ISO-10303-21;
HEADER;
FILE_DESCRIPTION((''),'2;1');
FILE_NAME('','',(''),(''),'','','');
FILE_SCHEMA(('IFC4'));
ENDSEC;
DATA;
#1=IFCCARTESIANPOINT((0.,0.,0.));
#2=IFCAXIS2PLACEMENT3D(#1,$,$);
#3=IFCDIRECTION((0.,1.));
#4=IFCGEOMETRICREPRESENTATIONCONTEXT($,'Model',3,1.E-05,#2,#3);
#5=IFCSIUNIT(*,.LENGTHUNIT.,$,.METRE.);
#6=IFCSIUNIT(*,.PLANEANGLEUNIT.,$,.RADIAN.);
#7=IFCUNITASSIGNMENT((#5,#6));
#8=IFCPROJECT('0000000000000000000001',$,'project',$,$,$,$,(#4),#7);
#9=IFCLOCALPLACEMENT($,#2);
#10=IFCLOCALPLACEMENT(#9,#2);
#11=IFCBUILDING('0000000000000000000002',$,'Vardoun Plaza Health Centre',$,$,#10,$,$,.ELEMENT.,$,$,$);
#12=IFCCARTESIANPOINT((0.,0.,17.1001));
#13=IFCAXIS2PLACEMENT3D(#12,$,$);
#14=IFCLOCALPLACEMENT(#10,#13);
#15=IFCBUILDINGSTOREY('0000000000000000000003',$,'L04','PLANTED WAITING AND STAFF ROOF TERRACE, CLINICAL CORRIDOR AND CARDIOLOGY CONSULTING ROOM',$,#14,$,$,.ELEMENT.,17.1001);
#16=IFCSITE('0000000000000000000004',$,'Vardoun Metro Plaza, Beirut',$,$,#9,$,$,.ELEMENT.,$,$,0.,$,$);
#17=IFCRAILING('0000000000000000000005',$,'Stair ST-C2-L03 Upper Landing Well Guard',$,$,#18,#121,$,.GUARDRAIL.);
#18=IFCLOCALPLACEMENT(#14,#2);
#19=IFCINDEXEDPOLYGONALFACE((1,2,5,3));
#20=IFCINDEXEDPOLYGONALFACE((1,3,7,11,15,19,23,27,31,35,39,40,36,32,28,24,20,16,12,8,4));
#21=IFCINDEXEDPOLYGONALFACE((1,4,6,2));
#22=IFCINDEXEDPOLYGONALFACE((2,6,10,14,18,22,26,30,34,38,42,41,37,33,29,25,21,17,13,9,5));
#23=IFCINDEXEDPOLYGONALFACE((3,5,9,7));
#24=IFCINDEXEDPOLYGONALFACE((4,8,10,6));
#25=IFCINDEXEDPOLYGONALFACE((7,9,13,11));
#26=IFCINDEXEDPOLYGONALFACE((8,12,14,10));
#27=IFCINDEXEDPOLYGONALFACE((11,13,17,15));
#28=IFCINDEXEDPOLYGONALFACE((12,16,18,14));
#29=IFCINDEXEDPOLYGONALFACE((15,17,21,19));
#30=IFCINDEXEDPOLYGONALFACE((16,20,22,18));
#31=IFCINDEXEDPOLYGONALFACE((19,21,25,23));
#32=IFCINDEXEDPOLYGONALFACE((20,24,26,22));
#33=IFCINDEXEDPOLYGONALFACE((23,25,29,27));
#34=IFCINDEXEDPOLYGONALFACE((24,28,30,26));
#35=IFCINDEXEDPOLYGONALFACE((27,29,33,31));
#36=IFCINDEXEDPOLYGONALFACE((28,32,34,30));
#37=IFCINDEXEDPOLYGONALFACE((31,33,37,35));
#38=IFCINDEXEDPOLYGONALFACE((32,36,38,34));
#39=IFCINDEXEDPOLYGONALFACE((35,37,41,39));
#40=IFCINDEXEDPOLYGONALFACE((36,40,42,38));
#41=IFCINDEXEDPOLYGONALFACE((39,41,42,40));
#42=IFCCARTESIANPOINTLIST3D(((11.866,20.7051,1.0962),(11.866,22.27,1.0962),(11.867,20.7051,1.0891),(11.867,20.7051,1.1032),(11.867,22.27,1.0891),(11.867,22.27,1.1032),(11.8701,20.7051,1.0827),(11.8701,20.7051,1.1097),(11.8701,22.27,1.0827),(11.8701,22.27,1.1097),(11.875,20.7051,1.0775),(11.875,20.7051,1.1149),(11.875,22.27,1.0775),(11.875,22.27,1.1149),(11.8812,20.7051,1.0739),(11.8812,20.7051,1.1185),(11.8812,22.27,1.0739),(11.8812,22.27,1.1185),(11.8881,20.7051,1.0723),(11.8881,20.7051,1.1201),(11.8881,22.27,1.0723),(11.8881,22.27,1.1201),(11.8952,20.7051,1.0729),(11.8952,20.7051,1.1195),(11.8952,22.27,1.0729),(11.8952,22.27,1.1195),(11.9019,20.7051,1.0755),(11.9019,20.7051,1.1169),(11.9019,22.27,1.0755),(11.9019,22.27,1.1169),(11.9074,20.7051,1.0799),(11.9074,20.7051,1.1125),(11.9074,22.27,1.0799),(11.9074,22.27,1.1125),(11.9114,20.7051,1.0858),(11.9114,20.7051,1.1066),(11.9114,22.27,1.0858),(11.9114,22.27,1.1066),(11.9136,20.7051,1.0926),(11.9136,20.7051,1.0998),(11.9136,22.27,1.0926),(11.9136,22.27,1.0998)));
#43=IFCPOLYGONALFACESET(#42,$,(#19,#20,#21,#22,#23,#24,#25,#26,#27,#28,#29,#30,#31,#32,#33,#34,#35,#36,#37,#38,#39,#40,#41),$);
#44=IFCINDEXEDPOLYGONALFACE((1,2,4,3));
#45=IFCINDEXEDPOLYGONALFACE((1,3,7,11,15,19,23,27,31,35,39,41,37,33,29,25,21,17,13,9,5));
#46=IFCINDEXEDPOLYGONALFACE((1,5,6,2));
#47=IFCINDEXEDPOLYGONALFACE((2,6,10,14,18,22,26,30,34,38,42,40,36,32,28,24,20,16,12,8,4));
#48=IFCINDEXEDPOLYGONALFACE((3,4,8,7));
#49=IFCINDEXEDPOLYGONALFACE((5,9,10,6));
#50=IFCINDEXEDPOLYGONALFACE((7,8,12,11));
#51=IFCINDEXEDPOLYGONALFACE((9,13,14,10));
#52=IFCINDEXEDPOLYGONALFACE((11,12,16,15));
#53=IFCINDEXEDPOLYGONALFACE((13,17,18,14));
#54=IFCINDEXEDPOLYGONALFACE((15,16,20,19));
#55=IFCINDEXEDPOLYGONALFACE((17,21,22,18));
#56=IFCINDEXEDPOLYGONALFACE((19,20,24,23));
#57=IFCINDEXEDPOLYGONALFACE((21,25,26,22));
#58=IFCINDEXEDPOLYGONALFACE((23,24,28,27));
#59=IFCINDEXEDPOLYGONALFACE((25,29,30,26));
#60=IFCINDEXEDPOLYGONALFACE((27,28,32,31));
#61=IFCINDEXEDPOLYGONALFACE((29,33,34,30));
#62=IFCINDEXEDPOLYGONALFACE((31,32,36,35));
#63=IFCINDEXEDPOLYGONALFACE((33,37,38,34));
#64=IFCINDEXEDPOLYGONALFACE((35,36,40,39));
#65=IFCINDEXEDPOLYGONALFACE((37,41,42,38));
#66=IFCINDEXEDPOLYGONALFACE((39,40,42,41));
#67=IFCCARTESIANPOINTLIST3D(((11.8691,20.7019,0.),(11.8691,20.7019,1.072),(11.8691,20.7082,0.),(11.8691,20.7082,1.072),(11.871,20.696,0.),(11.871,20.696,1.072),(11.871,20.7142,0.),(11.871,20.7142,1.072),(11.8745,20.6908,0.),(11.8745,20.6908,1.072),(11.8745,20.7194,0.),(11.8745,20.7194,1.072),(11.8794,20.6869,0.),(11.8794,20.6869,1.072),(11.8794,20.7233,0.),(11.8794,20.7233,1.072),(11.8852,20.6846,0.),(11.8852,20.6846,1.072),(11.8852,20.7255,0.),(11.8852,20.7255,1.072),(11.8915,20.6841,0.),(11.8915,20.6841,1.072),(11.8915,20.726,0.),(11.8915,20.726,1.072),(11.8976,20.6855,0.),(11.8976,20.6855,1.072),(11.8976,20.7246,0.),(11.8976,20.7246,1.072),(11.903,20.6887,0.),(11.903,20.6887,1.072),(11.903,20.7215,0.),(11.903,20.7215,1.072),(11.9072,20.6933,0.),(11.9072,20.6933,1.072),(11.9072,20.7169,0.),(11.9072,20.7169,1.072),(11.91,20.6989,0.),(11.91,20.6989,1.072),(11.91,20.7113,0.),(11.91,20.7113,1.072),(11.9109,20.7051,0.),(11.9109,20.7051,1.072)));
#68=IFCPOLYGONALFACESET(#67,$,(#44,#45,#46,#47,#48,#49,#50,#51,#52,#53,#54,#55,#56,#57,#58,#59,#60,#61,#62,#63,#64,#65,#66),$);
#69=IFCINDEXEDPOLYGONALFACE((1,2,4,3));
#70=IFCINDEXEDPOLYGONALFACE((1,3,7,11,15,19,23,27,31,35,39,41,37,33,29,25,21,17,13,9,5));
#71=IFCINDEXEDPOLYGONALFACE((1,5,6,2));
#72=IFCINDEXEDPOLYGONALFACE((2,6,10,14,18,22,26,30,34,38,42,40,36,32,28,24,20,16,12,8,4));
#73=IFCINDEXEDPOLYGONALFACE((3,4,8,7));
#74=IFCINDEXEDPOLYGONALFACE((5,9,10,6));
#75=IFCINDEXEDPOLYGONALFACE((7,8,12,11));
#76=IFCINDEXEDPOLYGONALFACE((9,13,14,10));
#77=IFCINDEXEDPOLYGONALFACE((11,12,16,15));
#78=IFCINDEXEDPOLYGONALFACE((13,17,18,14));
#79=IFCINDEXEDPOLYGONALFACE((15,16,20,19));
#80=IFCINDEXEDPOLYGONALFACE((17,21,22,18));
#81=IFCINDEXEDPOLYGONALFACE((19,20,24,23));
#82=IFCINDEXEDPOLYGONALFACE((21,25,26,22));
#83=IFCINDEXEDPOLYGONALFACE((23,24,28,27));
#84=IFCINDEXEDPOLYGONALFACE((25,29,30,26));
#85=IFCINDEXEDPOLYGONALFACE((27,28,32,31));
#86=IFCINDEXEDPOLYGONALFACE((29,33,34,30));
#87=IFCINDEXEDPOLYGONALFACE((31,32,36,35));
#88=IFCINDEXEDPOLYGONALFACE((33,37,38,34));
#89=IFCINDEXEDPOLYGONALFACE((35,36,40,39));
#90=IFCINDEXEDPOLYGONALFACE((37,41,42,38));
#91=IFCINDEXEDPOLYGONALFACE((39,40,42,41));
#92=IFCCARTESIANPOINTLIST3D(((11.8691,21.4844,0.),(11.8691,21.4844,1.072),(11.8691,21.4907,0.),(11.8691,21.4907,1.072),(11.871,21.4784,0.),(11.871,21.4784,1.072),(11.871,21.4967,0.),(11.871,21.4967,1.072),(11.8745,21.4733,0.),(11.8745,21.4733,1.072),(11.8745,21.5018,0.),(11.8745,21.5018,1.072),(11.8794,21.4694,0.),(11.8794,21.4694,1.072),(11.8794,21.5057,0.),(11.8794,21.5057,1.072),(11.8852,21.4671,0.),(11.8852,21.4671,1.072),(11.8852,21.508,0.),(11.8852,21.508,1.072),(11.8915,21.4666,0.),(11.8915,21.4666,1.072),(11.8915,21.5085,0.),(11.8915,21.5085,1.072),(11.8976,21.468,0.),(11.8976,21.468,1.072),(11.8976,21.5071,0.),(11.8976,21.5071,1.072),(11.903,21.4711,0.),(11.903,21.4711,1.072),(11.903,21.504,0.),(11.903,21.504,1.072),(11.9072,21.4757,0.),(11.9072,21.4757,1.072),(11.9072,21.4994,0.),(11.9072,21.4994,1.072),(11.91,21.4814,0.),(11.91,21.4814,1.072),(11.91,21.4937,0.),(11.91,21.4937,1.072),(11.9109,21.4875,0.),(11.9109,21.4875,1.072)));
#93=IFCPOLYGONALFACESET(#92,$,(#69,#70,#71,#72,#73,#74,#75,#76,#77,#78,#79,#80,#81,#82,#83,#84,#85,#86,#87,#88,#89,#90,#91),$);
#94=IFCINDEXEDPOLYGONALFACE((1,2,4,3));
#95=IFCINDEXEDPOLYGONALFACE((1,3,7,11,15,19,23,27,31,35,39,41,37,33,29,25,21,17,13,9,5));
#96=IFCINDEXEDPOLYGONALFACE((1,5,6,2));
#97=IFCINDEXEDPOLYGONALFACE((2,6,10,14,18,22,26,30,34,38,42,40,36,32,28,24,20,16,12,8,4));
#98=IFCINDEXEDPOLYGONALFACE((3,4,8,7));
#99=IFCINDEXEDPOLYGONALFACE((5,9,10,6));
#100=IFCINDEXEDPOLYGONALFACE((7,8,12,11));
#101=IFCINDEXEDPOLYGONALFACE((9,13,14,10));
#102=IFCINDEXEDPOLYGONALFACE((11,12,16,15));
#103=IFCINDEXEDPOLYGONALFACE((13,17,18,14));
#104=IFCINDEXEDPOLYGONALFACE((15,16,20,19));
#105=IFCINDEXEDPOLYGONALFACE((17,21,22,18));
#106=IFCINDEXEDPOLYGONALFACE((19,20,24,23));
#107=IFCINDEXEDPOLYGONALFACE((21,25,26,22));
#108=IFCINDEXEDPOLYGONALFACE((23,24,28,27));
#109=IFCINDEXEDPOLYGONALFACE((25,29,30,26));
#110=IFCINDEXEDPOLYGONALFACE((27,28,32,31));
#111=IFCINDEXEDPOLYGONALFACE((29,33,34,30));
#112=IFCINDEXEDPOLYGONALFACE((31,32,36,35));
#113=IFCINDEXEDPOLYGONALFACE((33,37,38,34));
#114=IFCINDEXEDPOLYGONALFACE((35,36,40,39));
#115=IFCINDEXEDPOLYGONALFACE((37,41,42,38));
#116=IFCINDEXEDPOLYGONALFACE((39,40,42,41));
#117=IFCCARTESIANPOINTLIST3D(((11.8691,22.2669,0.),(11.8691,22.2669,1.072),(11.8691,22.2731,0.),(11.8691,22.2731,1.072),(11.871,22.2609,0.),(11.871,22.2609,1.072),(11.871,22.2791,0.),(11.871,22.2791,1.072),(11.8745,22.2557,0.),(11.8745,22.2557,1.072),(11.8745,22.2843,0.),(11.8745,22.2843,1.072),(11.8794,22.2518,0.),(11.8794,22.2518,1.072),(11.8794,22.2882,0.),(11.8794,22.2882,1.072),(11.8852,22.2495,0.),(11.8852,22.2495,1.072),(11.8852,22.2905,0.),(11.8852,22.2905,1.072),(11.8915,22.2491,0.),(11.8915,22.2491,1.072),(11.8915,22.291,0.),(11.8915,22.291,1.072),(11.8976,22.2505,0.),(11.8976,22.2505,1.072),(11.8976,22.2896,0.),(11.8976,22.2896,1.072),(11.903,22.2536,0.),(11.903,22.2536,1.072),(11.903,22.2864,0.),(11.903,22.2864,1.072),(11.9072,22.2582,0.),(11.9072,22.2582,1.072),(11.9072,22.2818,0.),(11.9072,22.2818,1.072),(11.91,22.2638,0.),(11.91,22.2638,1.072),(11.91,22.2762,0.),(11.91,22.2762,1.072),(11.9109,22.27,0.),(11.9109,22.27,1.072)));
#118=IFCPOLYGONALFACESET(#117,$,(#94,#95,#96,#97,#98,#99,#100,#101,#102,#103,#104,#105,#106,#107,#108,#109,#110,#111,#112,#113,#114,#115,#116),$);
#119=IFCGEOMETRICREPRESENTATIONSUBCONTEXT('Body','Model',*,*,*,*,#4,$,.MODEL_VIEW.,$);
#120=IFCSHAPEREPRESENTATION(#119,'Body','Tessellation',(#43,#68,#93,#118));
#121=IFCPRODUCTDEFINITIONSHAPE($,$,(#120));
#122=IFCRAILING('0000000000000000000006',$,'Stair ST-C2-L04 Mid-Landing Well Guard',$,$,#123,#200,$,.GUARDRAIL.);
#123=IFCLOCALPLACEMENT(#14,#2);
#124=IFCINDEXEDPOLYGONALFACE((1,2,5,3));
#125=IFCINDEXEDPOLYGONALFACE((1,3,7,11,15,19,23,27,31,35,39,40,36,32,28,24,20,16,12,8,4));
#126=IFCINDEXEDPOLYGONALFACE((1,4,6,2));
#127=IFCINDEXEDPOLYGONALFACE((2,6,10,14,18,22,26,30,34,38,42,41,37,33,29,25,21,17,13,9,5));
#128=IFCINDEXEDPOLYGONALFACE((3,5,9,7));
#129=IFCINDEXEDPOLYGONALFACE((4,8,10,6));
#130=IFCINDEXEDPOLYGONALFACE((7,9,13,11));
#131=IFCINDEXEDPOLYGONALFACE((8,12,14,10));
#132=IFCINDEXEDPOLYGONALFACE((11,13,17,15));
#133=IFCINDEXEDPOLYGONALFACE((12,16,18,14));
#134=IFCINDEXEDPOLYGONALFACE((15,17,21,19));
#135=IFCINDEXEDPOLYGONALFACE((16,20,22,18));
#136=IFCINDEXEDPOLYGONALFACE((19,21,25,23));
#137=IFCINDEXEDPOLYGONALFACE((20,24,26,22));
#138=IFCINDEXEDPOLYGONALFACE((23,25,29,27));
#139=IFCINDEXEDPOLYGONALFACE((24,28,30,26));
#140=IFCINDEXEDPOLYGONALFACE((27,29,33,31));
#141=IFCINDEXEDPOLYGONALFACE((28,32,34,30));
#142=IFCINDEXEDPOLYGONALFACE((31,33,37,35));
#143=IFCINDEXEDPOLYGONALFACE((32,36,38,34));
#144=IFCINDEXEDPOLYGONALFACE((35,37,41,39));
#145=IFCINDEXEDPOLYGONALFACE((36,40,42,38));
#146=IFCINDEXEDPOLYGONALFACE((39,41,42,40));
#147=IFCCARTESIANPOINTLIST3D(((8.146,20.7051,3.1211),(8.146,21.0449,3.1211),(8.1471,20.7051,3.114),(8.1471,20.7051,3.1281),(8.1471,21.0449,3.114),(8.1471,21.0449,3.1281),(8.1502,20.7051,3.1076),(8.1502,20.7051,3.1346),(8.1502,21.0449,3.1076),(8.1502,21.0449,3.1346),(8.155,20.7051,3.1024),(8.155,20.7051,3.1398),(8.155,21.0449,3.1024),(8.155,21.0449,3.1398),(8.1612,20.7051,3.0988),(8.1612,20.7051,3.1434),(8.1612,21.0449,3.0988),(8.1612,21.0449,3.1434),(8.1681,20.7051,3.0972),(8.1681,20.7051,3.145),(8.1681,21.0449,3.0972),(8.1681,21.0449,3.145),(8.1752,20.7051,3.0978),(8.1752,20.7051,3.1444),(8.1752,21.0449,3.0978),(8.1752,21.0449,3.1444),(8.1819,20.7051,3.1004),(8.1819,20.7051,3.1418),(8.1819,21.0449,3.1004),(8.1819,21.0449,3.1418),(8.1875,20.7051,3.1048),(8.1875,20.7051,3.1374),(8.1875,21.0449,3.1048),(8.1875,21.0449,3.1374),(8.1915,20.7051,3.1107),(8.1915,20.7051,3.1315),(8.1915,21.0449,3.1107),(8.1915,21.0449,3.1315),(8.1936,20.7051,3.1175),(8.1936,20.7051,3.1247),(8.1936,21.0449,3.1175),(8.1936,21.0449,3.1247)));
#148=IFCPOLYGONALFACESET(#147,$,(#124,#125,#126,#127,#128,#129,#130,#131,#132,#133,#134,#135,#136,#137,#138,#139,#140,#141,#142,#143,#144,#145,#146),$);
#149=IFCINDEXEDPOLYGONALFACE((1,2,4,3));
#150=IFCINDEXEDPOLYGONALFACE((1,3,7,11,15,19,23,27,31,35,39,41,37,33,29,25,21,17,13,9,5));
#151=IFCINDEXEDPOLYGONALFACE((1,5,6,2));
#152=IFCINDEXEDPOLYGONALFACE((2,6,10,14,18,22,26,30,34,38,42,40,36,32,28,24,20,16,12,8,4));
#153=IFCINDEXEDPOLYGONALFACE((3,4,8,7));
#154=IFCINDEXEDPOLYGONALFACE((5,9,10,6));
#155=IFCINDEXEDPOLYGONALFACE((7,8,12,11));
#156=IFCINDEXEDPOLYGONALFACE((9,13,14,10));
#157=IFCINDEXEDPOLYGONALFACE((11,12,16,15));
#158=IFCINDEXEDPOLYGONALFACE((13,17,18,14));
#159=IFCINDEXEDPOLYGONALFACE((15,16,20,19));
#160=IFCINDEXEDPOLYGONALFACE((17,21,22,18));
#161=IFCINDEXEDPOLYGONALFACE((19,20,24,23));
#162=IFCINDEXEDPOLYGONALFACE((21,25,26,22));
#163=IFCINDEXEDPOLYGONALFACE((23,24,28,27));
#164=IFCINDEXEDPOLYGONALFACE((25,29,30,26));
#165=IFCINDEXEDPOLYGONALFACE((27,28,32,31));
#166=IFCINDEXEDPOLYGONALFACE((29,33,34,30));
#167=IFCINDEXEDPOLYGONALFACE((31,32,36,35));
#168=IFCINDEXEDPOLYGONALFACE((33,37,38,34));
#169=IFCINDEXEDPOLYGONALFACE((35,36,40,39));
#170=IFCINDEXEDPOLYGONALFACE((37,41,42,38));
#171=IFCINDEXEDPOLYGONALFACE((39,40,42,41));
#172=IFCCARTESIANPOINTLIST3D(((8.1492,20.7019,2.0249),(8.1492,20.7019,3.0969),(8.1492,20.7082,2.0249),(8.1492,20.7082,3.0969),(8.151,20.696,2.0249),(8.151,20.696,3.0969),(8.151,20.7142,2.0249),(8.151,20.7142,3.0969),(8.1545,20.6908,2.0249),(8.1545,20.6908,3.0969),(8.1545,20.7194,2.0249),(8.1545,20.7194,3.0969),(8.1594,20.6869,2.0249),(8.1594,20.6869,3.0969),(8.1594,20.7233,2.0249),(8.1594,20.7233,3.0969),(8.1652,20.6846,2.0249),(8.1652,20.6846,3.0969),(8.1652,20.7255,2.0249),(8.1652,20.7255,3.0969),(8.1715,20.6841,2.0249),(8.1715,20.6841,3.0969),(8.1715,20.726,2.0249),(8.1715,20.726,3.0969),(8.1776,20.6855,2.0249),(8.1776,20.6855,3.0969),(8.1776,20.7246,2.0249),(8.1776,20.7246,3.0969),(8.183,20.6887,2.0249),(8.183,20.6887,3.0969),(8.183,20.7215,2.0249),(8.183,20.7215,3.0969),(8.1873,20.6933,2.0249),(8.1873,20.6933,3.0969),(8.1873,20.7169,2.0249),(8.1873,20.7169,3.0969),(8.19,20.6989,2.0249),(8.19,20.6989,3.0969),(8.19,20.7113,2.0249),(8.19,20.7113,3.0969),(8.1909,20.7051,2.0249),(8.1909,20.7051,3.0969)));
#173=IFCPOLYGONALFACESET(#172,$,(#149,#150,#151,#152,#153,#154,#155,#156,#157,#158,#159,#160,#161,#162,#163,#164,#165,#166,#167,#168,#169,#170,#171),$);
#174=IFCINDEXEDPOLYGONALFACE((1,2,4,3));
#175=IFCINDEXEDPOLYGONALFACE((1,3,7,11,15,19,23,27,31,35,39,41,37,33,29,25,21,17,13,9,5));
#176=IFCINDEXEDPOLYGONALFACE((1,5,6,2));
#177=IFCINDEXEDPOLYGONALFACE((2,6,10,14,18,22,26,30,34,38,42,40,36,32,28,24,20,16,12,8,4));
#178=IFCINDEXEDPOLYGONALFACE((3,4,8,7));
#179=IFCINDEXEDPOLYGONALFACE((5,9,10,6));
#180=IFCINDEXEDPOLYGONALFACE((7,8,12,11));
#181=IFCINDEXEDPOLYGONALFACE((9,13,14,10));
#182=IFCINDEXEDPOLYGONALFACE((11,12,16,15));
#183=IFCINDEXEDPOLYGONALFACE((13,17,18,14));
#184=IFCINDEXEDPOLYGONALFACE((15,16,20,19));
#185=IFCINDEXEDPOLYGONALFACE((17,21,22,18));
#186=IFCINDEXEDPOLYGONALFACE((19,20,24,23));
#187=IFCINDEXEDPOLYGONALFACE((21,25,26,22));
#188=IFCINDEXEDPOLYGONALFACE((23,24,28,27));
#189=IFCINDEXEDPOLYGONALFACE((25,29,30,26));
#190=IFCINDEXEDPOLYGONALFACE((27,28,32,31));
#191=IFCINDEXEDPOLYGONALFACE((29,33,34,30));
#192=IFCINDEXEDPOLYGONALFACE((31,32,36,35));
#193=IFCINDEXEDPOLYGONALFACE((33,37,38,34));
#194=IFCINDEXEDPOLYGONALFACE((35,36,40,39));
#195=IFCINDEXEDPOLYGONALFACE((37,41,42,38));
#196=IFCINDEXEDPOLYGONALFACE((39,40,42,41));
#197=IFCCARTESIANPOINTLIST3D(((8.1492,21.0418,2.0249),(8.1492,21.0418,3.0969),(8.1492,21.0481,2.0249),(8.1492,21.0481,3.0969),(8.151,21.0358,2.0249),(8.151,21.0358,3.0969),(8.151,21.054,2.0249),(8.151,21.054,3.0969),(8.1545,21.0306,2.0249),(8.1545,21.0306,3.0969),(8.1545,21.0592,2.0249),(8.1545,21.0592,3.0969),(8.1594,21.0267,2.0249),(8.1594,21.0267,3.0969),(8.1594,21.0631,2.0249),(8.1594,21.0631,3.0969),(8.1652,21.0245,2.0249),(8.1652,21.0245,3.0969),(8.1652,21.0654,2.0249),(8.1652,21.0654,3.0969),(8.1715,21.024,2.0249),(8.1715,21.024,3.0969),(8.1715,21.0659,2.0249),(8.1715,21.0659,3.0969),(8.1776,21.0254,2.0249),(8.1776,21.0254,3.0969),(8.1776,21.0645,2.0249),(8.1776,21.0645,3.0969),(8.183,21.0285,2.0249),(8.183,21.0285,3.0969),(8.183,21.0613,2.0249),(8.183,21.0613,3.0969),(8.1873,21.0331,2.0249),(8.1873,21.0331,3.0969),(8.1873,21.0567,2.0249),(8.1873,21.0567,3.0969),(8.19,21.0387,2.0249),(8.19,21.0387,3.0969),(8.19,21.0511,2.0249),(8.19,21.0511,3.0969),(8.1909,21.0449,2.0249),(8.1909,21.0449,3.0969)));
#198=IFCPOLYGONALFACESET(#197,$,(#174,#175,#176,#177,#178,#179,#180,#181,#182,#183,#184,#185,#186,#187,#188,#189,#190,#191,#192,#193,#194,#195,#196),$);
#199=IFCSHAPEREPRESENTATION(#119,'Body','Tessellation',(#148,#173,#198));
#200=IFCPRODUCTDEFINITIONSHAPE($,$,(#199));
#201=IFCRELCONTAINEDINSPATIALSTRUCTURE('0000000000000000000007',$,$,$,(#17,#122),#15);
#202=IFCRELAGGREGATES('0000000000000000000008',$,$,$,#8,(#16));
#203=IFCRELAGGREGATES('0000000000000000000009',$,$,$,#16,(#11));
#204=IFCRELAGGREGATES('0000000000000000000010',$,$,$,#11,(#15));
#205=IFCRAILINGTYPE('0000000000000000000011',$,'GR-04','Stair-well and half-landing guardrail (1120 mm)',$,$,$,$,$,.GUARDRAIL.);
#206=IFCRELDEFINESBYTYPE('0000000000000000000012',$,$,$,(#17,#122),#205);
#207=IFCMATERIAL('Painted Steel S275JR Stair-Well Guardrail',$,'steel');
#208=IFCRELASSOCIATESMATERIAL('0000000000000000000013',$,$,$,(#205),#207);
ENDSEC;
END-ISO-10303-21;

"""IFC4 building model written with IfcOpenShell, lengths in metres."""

from ifc_helpers import new_model, si_unit, direction, frame, origin, origin_2d, place, context, subcontext, project, spatial, circle, extrude, material, type_object, element, save


model = new_model("IFC4")

# Units and contexts
model_context = context("Model", 3, precision=1e-05, world=origin(), true_north=direction((0.0, 1.0)))
body_context = subcontext(model_context, "Body", "Model", "MODEL_VIEW")
ifc_project = project(units=[si_unit("LENGTHUNIT", "METRE"), si_unit("PLANEANGLEUNIT", "RADIAN")], contexts=[model_context])

# Site, building, storey
site_placement = place(None, origin())
site = spatial("IfcSite", under=ifc_project, at=site_placement, Name="Vardoun Metro Plaza, Beirut", CompositionType="ELEMENT", RefElevation=0.0)
building_placement = place(site_placement, origin())
building = spatial("IfcBuilding", under=site, at=building_placement, Name="Vardoun Plaza Health Centre", CompositionType="ELEMENT")
storey_placement = place(building_placement, frame((0.0, 0.0, 17.1001)))
storey = spatial("IfcBuildingStorey", under=building, at=storey_placement, Name="L04", Description="PLANTED WAITING AND STAFF ROOF TERRACE, CLINICAL CORRIDOR AND CARDIOLOGY CONSULTING ROOM", CompositionType="ELEMENT", Elevation=17.1001)

# Railings
ifc_material_1 = material(Name="Painted Steel S275JR Stair-Well Guardrail", Category="steel")
railing_type_1 = type_object("IfcRailingType", Name="GR-04", Description="Stair-well and half-landing guardrail (1120 mm)", PredefinedType="GUARDRAIL", material=ifc_material_1)
railing_1_placement = place(storey_placement, frame((11.8899, 20.7051, 0.0)))
element("IfcRailing", 1, at=railing_1_placement, inside=storey, type_object=railing_type_1, Name="Stair ST-C2-L03 Upper Landing Well Guard", PredefinedType="GUARDRAIL", context=body_context, shape_type="SweptSolid", body=[
    extrude(circle(Radius=0.0239, at=origin_2d()), frame((0.0, 0.0, 1.0962), z_axis=(0.0, 1.0, 0.0), x_axis=(-1.0, 0.0, 0.0)), (0.0, 0.0, 1.0), 1.5649),
    extrude(circle(Radius=0.021, at=origin_2d()), origin(), (0.0, 0.0, 1.0), 1.072),
    extrude(circle(Radius=0.021, at=origin_2d()), frame((0.0, 0.7825, 0.0)), (0.0, 0.0, 1.0), 1.072),
    extrude(circle(Radius=0.021, at=origin_2d()), frame((0.0, 1.5649, 0.0)), (0.0, 0.0, 1.0), 1.072),
])
railing_2_placement = place(storey_placement, frame((8.1699, 20.7051, 2.0249)))
element("IfcRailing", 2, at=railing_2_placement, inside=storey, type_object=railing_type_1, Name="Stair ST-C2-L04 Mid-Landing Well Guard", PredefinedType="GUARDRAIL", context=body_context, shape_type="SweptSolid", body=[
    extrude(circle(Radius=0.0239, at=origin_2d()), frame((0.0, 0.0, 1.0962), z_axis=(0.0, 1.0, 0.0), x_axis=(-1.0, 0.0, 0.0)), (0.0, 0.0, 1.0), 0.3398),
    extrude(circle(Radius=0.021, at=origin_2d()), origin(), (0.0, 0.0, 1.0), 1.072),
    extrude(circle(Radius=0.021, at=origin_2d()), frame((0.0, 0.3398, 0.0)), (0.0, 0.0, 1.0), 1.072),
])

save(model, "model.ifc")
